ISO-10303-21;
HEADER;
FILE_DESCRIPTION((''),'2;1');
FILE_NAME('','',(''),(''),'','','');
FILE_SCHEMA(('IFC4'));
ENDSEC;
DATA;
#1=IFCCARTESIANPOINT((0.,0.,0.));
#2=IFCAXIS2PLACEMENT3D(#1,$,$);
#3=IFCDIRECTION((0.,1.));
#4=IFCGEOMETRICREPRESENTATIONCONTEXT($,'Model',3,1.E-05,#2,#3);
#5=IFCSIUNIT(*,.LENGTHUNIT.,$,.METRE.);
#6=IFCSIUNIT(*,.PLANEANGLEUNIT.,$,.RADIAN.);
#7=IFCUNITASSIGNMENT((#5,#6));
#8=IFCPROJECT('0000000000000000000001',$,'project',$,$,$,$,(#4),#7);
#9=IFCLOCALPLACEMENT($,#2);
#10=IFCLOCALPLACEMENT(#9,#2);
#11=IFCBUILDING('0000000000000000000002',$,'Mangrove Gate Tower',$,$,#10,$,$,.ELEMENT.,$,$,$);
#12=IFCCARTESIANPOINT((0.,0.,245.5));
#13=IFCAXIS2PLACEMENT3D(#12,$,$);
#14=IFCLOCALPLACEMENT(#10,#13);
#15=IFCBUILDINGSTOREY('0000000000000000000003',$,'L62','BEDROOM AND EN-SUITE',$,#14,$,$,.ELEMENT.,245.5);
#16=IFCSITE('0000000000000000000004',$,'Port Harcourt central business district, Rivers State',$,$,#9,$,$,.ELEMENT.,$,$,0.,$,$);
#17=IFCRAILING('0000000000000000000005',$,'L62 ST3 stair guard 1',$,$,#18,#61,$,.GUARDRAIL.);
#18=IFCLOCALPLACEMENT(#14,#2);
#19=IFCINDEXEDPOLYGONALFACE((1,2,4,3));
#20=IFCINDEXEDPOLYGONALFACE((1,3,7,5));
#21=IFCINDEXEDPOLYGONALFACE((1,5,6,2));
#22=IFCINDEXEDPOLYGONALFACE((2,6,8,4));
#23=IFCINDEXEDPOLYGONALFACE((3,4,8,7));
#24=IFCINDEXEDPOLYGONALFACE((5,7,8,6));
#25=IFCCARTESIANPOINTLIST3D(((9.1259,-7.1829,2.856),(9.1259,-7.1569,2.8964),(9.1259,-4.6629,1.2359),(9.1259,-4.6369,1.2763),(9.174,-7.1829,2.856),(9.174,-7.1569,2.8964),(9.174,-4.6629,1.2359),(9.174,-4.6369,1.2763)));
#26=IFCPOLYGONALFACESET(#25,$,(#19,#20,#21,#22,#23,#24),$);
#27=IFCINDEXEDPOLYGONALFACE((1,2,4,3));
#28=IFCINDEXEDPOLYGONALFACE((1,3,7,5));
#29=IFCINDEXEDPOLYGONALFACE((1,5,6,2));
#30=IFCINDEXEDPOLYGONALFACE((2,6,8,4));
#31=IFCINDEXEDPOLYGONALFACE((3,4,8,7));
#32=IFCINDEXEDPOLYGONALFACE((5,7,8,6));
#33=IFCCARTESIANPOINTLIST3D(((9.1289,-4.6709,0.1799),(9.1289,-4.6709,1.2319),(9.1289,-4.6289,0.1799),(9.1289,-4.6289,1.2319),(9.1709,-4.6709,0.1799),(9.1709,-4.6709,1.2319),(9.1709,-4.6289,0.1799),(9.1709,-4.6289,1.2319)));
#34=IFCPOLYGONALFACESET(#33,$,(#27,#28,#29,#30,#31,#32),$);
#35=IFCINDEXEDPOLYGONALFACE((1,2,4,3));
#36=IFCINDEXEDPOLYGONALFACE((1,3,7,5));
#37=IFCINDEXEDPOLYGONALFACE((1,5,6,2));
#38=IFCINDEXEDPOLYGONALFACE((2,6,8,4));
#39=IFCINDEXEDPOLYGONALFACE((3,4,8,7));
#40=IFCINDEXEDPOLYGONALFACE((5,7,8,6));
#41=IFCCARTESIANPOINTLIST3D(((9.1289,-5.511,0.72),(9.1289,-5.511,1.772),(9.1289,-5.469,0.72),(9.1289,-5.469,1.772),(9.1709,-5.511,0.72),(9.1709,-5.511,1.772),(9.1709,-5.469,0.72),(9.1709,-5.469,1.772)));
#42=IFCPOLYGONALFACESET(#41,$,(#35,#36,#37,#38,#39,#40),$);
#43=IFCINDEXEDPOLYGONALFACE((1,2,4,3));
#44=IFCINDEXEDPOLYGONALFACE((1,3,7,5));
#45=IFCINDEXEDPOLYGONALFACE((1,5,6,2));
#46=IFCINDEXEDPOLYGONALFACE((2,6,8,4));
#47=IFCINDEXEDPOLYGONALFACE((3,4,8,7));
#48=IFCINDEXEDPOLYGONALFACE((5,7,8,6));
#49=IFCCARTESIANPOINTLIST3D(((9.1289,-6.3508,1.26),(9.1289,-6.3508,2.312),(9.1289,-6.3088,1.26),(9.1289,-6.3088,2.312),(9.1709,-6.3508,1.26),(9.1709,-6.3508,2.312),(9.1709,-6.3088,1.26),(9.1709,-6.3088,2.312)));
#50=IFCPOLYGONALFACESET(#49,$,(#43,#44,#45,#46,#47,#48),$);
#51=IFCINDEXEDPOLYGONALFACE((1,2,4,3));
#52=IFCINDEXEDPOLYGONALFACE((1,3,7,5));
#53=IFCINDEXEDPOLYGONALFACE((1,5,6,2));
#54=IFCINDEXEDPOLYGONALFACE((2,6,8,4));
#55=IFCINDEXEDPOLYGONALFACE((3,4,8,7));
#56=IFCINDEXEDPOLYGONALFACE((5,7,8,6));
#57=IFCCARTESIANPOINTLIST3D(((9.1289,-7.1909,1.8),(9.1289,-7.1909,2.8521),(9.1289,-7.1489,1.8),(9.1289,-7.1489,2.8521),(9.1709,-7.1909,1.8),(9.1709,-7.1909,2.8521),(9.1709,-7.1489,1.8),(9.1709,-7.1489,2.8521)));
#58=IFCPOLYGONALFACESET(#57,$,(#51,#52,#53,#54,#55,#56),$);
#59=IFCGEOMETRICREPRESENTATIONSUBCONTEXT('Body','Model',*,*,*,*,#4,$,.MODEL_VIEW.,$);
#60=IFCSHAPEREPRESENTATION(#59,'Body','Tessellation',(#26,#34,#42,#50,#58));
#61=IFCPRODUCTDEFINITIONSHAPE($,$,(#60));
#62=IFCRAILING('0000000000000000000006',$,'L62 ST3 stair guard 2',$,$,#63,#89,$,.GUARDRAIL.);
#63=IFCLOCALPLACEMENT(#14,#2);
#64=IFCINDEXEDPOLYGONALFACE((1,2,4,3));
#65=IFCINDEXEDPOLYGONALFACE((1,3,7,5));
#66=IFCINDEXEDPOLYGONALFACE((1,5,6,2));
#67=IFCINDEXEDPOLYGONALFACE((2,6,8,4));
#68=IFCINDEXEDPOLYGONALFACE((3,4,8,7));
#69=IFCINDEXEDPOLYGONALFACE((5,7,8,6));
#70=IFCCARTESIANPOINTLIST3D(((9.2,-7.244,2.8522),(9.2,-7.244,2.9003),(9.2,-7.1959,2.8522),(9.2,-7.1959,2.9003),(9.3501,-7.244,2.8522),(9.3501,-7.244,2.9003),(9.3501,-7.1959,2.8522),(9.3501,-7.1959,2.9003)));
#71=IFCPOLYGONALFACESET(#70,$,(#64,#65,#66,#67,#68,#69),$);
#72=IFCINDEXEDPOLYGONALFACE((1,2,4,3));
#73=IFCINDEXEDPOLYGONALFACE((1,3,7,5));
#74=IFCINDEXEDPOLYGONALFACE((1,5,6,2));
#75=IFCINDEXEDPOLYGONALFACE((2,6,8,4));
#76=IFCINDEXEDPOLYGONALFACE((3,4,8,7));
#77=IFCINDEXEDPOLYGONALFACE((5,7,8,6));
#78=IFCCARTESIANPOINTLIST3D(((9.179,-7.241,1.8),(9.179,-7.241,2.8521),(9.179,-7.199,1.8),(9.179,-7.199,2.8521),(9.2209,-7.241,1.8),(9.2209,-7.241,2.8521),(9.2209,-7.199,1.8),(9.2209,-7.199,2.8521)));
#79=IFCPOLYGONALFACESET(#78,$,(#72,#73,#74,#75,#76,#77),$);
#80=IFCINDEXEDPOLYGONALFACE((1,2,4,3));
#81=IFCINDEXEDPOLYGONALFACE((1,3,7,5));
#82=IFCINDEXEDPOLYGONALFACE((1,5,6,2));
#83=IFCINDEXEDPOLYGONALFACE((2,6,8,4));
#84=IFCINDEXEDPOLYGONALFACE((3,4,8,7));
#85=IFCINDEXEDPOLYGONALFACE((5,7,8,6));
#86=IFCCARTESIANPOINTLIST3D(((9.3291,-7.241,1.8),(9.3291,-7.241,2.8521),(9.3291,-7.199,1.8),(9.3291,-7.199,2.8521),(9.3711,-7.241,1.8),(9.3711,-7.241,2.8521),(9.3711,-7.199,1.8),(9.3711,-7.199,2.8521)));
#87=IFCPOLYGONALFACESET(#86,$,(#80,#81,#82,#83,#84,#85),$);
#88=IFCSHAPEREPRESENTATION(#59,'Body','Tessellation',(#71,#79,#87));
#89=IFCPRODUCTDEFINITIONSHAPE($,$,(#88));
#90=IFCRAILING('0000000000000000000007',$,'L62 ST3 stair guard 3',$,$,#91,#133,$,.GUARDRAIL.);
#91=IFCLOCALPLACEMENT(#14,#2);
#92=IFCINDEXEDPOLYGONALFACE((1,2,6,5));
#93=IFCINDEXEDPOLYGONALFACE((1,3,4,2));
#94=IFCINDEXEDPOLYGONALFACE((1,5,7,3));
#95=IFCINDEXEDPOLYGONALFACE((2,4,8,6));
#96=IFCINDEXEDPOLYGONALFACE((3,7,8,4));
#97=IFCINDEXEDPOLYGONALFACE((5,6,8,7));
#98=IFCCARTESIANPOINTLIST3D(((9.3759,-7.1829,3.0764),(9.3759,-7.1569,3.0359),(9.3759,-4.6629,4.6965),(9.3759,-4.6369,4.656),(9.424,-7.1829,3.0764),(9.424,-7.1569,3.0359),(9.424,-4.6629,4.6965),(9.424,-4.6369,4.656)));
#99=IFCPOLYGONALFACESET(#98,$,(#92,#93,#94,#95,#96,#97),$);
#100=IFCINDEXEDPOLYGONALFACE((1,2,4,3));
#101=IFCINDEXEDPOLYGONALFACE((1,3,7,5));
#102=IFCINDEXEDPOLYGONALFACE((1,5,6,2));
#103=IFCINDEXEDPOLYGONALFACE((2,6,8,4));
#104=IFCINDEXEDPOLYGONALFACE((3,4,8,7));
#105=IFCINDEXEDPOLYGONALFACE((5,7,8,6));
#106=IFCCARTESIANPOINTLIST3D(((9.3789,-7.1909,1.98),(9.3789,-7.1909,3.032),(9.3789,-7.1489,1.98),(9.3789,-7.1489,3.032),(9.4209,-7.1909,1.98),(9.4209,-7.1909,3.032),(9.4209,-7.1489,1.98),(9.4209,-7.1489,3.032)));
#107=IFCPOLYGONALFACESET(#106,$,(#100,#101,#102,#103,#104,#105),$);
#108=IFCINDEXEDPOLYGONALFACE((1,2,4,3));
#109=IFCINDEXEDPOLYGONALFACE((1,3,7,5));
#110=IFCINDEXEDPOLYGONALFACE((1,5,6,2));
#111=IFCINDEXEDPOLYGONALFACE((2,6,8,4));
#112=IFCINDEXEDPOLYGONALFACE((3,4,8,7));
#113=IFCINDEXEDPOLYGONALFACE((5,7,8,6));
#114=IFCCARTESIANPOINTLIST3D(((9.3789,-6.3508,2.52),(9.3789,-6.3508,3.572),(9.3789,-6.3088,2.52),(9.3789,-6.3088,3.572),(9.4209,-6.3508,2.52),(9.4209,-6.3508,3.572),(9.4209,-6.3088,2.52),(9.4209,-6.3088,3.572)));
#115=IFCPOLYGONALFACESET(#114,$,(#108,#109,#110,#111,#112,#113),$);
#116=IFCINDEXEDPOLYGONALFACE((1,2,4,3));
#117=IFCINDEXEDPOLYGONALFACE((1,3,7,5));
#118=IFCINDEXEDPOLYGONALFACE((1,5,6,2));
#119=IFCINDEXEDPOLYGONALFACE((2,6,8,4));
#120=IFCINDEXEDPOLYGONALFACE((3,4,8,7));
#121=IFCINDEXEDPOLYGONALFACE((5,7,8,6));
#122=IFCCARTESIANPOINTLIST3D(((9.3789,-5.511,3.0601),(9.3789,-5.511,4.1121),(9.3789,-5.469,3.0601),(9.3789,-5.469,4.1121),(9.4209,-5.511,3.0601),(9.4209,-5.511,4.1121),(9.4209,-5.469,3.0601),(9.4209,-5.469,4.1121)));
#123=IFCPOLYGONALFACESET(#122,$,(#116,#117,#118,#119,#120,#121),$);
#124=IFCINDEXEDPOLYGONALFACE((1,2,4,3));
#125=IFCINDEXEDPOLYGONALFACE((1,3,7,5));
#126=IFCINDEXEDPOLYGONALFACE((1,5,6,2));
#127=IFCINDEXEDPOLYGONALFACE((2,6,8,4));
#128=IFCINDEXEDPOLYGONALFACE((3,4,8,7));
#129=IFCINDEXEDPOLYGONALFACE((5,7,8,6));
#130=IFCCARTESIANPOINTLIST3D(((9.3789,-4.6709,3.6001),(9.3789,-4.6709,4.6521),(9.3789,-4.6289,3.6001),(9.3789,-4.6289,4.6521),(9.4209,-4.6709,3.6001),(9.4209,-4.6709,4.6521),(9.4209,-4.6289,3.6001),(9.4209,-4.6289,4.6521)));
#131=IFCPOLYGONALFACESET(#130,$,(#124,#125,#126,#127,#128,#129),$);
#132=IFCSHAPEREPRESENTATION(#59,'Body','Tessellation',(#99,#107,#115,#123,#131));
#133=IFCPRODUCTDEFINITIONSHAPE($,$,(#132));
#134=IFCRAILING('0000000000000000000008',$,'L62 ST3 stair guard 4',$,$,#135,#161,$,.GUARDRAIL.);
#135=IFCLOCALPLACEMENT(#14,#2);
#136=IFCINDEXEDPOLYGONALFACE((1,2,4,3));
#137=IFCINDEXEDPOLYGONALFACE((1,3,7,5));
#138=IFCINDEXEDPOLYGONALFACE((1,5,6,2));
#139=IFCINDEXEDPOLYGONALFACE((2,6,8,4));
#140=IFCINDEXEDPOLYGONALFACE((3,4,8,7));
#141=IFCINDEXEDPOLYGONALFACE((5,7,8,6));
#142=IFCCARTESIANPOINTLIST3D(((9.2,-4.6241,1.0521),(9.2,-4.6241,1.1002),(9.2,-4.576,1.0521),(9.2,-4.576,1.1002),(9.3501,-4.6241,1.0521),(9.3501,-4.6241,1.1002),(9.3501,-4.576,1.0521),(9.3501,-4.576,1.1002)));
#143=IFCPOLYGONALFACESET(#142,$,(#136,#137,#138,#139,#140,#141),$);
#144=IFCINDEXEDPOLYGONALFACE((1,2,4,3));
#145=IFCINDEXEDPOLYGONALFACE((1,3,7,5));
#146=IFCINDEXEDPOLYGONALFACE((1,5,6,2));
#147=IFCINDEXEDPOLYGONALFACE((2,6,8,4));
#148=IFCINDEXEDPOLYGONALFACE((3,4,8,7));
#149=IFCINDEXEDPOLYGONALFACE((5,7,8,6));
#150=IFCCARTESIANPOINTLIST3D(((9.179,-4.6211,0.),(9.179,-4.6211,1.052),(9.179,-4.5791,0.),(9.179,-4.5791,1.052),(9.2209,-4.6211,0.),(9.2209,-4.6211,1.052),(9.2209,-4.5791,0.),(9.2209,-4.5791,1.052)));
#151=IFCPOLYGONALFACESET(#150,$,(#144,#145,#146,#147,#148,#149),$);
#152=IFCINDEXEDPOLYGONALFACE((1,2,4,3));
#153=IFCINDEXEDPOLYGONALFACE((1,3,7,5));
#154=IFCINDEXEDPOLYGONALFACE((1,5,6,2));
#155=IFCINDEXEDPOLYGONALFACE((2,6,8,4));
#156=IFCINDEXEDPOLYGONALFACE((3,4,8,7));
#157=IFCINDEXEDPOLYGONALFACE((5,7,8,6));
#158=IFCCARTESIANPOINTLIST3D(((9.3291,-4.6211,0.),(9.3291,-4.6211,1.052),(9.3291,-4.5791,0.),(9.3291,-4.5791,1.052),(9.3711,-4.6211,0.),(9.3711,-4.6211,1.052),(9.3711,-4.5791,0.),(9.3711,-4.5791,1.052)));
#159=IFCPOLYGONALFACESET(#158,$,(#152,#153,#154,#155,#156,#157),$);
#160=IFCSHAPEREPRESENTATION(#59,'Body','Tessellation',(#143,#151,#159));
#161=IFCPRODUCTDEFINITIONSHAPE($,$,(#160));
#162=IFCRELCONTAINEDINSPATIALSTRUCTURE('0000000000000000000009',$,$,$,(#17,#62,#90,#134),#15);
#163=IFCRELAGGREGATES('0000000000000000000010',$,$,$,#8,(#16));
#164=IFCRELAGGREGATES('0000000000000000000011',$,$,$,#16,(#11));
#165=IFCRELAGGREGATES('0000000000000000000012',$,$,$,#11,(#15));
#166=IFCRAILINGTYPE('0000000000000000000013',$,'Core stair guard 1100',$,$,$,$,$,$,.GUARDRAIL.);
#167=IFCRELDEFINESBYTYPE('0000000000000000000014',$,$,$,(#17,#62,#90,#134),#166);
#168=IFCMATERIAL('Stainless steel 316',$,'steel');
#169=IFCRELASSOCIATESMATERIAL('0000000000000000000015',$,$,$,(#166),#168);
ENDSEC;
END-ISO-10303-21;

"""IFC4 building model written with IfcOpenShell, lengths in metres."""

from ifc_helpers import new_model, si_unit, direction, frame, origin, origin_2d, place, context, subcontext, project, spatial, rectangle, extrude, material, type_object, element, save


model = new_model("IFC4")

# Units and contexts
model_context = context("Model", 3, precision=1e-05, world=origin(), true_north=direction((0.0, 1.0)))
body_context = subcontext(model_context, "Body", "Model", "MODEL_VIEW")
ifc_project = project(units=[si_unit("LENGTHUNIT", "METRE"), si_unit("PLANEANGLEUNIT", "RADIAN")], contexts=[model_context])

# Site, building, storey
site_placement = place(None, origin())
site = spatial("IfcSite", under=ifc_project, at=site_placement, Name="Port Harcourt central business district, Rivers State", CompositionType="ELEMENT", RefElevation=0.0)
building_placement = place(site_placement, origin())
building = spatial("IfcBuilding", under=site, at=building_placement, Name="Mangrove Gate Tower", CompositionType="ELEMENT")
storey_placement = place(building_placement, frame((0.0, 0.0, 245.5)))
storey = spatial("IfcBuildingStorey", under=building, at=storey_placement, Name="L62", Description="BEDROOM AND EN-SUITE", CompositionType="ELEMENT", Elevation=245.5)

# Railings
ifc_material_1 = material(Name="Stainless steel 316", Category="steel")
railing_type_1 = type_object("IfcRailingType", Name="Core stair guard 1100", PredefinedType="GUARDRAIL", material=ifc_material_1)
railing_1_placement = place(storey_placement, frame((9.1499, -4.6499, 0.1799)))
element("IfcRailing", 1, at=railing_1_placement, inside=storey, type_object=railing_type_1, Name="L62 ST3 stair guard 1", PredefinedType="GUARDRAIL", context=body_context, shape_type="SweptSolid", body=[
    extrude(rectangle(XDim=0.0481, YDim=0.0481, at=origin_2d()), frame((0.0, 0.0, 1.0762), z_axis=(0.0, -0.841163, 0.540782), x_axis=(1.0, 0.0, 0.0)), (0.0, 0.0, 1.0), 2.9958),
    extrude(rectangle(XDim=0.042, YDim=0.042, at=origin_2d()), origin(), (0.0, 0.0, 1.0), 1.052),
    extrude(rectangle(XDim=0.042, YDim=0.042, at=origin_2d()), frame((0.0, -0.8401, 0.54)), (0.0, 0.0, 1.0), 1.052),
    extrude(rectangle(XDim=0.042, YDim=0.042, at=origin_2d()), frame((0.0, -1.6799, 1.0801)), (0.0, 0.0, 1.0), 1.052),
    extrude(rectangle(XDim=0.042, YDim=0.042, at=origin_2d()), frame((0.0, -2.52, 1.6201)), (0.0, 0.0, 1.0), 1.052),
])
railing_2_placement = place(storey_placement, frame((9.2, -7.22, 1.8)))
element("IfcRailing", 2, at=railing_2_placement, inside=storey, type_object=railing_type_1, Name="L62 ST3 stair guard 2", PredefinedType="GUARDRAIL", context=body_context, shape_type="SweptSolid", body=[
    extrude(rectangle(XDim=0.0481, YDim=0.0481, at=origin_2d()), frame((0.0, 0.0, 1.0762), z_axis=(1.0, 0.0, 0.0), x_axis=(0.0, 1.0, 0.0)), (0.0, 0.0, 1.0), 0.1501),
    extrude(rectangle(XDim=0.042, YDim=0.042, at=origin_2d()), origin(), (0.0, 0.0, 1.0), 1.052),
    extrude(rectangle(XDim=0.042, YDim=0.042, at=origin_2d()), frame((0.1501, 0.0, 0.0)), (0.0, 0.0, 1.0), 1.052),
])
railing_3_placement = place(storey_placement, frame((9.3999, -7.1699, 1.98)))
element("IfcRailing", 3, at=railing_3_placement, inside=storey, type_object=railing_type_1, Name="L62 ST3 stair guard 3", PredefinedType="GUARDRAIL", context=body_context, shape_type="SweptSolid", body=[
    extrude(rectangle(XDim=0.0481, YDim=0.0481, at=origin_2d()), frame((0.0, 0.0, 1.0762), z_axis=(0.0, 0.841163, 0.540782), x_axis=(-1.0, 0.0, 0.0)), (0.0, 0.0, 1.0), 2.9958),
    extrude(rectangle(XDim=0.042, YDim=0.042, at=origin_2d()), origin(), (0.0, 0.0, 1.0), 1.052),
    extrude(rectangle(XDim=0.042, YDim=0.042, at=origin_2d()), frame((0.0, 0.8401, 0.54)), (0.0, 0.0, 1.0), 1.052),
    extrude(rectangle(XDim=0.042, YDim=0.042, at=origin_2d()), frame((0.0, 1.6799, 1.0801)), (0.0, 0.0, 1.0), 1.052),
    extrude(rectangle(XDim=0.042, YDim=0.042, at=origin_2d()), frame((0.0, 2.52, 1.6201)), (0.0, 0.0, 1.0), 1.052),
])
railing_4_placement = place(storey_placement, frame((9.2, -4.6001, 0.0)))
element("IfcRailing", 4, at=railing_4_placement, inside=storey, type_object=railing_type_1, Name="L62 ST3 stair guard 4", PredefinedType="GUARDRAIL", context=body_context, shape_type="SweptSolid", body=[
    extrude(rectangle(XDim=0.0481, YDim=0.0481, at=origin_2d()), frame((0.0, 0.0, 1.0762), z_axis=(1.0, 0.0, 0.0), x_axis=(0.0, 1.0, 0.0)), (0.0, 0.0, 1.0), 0.1501),
    extrude(rectangle(XDim=0.042, YDim=0.042, at=origin_2d()), origin(), (0.0, 0.0, 1.0), 1.052),
    extrude(rectangle(XDim=0.042, YDim=0.042, at=origin_2d()), frame((0.1501, 0.0, 0.0)), (0.0, 0.0, 1.0), 1.052),
])

save(model, "model.ifc")
